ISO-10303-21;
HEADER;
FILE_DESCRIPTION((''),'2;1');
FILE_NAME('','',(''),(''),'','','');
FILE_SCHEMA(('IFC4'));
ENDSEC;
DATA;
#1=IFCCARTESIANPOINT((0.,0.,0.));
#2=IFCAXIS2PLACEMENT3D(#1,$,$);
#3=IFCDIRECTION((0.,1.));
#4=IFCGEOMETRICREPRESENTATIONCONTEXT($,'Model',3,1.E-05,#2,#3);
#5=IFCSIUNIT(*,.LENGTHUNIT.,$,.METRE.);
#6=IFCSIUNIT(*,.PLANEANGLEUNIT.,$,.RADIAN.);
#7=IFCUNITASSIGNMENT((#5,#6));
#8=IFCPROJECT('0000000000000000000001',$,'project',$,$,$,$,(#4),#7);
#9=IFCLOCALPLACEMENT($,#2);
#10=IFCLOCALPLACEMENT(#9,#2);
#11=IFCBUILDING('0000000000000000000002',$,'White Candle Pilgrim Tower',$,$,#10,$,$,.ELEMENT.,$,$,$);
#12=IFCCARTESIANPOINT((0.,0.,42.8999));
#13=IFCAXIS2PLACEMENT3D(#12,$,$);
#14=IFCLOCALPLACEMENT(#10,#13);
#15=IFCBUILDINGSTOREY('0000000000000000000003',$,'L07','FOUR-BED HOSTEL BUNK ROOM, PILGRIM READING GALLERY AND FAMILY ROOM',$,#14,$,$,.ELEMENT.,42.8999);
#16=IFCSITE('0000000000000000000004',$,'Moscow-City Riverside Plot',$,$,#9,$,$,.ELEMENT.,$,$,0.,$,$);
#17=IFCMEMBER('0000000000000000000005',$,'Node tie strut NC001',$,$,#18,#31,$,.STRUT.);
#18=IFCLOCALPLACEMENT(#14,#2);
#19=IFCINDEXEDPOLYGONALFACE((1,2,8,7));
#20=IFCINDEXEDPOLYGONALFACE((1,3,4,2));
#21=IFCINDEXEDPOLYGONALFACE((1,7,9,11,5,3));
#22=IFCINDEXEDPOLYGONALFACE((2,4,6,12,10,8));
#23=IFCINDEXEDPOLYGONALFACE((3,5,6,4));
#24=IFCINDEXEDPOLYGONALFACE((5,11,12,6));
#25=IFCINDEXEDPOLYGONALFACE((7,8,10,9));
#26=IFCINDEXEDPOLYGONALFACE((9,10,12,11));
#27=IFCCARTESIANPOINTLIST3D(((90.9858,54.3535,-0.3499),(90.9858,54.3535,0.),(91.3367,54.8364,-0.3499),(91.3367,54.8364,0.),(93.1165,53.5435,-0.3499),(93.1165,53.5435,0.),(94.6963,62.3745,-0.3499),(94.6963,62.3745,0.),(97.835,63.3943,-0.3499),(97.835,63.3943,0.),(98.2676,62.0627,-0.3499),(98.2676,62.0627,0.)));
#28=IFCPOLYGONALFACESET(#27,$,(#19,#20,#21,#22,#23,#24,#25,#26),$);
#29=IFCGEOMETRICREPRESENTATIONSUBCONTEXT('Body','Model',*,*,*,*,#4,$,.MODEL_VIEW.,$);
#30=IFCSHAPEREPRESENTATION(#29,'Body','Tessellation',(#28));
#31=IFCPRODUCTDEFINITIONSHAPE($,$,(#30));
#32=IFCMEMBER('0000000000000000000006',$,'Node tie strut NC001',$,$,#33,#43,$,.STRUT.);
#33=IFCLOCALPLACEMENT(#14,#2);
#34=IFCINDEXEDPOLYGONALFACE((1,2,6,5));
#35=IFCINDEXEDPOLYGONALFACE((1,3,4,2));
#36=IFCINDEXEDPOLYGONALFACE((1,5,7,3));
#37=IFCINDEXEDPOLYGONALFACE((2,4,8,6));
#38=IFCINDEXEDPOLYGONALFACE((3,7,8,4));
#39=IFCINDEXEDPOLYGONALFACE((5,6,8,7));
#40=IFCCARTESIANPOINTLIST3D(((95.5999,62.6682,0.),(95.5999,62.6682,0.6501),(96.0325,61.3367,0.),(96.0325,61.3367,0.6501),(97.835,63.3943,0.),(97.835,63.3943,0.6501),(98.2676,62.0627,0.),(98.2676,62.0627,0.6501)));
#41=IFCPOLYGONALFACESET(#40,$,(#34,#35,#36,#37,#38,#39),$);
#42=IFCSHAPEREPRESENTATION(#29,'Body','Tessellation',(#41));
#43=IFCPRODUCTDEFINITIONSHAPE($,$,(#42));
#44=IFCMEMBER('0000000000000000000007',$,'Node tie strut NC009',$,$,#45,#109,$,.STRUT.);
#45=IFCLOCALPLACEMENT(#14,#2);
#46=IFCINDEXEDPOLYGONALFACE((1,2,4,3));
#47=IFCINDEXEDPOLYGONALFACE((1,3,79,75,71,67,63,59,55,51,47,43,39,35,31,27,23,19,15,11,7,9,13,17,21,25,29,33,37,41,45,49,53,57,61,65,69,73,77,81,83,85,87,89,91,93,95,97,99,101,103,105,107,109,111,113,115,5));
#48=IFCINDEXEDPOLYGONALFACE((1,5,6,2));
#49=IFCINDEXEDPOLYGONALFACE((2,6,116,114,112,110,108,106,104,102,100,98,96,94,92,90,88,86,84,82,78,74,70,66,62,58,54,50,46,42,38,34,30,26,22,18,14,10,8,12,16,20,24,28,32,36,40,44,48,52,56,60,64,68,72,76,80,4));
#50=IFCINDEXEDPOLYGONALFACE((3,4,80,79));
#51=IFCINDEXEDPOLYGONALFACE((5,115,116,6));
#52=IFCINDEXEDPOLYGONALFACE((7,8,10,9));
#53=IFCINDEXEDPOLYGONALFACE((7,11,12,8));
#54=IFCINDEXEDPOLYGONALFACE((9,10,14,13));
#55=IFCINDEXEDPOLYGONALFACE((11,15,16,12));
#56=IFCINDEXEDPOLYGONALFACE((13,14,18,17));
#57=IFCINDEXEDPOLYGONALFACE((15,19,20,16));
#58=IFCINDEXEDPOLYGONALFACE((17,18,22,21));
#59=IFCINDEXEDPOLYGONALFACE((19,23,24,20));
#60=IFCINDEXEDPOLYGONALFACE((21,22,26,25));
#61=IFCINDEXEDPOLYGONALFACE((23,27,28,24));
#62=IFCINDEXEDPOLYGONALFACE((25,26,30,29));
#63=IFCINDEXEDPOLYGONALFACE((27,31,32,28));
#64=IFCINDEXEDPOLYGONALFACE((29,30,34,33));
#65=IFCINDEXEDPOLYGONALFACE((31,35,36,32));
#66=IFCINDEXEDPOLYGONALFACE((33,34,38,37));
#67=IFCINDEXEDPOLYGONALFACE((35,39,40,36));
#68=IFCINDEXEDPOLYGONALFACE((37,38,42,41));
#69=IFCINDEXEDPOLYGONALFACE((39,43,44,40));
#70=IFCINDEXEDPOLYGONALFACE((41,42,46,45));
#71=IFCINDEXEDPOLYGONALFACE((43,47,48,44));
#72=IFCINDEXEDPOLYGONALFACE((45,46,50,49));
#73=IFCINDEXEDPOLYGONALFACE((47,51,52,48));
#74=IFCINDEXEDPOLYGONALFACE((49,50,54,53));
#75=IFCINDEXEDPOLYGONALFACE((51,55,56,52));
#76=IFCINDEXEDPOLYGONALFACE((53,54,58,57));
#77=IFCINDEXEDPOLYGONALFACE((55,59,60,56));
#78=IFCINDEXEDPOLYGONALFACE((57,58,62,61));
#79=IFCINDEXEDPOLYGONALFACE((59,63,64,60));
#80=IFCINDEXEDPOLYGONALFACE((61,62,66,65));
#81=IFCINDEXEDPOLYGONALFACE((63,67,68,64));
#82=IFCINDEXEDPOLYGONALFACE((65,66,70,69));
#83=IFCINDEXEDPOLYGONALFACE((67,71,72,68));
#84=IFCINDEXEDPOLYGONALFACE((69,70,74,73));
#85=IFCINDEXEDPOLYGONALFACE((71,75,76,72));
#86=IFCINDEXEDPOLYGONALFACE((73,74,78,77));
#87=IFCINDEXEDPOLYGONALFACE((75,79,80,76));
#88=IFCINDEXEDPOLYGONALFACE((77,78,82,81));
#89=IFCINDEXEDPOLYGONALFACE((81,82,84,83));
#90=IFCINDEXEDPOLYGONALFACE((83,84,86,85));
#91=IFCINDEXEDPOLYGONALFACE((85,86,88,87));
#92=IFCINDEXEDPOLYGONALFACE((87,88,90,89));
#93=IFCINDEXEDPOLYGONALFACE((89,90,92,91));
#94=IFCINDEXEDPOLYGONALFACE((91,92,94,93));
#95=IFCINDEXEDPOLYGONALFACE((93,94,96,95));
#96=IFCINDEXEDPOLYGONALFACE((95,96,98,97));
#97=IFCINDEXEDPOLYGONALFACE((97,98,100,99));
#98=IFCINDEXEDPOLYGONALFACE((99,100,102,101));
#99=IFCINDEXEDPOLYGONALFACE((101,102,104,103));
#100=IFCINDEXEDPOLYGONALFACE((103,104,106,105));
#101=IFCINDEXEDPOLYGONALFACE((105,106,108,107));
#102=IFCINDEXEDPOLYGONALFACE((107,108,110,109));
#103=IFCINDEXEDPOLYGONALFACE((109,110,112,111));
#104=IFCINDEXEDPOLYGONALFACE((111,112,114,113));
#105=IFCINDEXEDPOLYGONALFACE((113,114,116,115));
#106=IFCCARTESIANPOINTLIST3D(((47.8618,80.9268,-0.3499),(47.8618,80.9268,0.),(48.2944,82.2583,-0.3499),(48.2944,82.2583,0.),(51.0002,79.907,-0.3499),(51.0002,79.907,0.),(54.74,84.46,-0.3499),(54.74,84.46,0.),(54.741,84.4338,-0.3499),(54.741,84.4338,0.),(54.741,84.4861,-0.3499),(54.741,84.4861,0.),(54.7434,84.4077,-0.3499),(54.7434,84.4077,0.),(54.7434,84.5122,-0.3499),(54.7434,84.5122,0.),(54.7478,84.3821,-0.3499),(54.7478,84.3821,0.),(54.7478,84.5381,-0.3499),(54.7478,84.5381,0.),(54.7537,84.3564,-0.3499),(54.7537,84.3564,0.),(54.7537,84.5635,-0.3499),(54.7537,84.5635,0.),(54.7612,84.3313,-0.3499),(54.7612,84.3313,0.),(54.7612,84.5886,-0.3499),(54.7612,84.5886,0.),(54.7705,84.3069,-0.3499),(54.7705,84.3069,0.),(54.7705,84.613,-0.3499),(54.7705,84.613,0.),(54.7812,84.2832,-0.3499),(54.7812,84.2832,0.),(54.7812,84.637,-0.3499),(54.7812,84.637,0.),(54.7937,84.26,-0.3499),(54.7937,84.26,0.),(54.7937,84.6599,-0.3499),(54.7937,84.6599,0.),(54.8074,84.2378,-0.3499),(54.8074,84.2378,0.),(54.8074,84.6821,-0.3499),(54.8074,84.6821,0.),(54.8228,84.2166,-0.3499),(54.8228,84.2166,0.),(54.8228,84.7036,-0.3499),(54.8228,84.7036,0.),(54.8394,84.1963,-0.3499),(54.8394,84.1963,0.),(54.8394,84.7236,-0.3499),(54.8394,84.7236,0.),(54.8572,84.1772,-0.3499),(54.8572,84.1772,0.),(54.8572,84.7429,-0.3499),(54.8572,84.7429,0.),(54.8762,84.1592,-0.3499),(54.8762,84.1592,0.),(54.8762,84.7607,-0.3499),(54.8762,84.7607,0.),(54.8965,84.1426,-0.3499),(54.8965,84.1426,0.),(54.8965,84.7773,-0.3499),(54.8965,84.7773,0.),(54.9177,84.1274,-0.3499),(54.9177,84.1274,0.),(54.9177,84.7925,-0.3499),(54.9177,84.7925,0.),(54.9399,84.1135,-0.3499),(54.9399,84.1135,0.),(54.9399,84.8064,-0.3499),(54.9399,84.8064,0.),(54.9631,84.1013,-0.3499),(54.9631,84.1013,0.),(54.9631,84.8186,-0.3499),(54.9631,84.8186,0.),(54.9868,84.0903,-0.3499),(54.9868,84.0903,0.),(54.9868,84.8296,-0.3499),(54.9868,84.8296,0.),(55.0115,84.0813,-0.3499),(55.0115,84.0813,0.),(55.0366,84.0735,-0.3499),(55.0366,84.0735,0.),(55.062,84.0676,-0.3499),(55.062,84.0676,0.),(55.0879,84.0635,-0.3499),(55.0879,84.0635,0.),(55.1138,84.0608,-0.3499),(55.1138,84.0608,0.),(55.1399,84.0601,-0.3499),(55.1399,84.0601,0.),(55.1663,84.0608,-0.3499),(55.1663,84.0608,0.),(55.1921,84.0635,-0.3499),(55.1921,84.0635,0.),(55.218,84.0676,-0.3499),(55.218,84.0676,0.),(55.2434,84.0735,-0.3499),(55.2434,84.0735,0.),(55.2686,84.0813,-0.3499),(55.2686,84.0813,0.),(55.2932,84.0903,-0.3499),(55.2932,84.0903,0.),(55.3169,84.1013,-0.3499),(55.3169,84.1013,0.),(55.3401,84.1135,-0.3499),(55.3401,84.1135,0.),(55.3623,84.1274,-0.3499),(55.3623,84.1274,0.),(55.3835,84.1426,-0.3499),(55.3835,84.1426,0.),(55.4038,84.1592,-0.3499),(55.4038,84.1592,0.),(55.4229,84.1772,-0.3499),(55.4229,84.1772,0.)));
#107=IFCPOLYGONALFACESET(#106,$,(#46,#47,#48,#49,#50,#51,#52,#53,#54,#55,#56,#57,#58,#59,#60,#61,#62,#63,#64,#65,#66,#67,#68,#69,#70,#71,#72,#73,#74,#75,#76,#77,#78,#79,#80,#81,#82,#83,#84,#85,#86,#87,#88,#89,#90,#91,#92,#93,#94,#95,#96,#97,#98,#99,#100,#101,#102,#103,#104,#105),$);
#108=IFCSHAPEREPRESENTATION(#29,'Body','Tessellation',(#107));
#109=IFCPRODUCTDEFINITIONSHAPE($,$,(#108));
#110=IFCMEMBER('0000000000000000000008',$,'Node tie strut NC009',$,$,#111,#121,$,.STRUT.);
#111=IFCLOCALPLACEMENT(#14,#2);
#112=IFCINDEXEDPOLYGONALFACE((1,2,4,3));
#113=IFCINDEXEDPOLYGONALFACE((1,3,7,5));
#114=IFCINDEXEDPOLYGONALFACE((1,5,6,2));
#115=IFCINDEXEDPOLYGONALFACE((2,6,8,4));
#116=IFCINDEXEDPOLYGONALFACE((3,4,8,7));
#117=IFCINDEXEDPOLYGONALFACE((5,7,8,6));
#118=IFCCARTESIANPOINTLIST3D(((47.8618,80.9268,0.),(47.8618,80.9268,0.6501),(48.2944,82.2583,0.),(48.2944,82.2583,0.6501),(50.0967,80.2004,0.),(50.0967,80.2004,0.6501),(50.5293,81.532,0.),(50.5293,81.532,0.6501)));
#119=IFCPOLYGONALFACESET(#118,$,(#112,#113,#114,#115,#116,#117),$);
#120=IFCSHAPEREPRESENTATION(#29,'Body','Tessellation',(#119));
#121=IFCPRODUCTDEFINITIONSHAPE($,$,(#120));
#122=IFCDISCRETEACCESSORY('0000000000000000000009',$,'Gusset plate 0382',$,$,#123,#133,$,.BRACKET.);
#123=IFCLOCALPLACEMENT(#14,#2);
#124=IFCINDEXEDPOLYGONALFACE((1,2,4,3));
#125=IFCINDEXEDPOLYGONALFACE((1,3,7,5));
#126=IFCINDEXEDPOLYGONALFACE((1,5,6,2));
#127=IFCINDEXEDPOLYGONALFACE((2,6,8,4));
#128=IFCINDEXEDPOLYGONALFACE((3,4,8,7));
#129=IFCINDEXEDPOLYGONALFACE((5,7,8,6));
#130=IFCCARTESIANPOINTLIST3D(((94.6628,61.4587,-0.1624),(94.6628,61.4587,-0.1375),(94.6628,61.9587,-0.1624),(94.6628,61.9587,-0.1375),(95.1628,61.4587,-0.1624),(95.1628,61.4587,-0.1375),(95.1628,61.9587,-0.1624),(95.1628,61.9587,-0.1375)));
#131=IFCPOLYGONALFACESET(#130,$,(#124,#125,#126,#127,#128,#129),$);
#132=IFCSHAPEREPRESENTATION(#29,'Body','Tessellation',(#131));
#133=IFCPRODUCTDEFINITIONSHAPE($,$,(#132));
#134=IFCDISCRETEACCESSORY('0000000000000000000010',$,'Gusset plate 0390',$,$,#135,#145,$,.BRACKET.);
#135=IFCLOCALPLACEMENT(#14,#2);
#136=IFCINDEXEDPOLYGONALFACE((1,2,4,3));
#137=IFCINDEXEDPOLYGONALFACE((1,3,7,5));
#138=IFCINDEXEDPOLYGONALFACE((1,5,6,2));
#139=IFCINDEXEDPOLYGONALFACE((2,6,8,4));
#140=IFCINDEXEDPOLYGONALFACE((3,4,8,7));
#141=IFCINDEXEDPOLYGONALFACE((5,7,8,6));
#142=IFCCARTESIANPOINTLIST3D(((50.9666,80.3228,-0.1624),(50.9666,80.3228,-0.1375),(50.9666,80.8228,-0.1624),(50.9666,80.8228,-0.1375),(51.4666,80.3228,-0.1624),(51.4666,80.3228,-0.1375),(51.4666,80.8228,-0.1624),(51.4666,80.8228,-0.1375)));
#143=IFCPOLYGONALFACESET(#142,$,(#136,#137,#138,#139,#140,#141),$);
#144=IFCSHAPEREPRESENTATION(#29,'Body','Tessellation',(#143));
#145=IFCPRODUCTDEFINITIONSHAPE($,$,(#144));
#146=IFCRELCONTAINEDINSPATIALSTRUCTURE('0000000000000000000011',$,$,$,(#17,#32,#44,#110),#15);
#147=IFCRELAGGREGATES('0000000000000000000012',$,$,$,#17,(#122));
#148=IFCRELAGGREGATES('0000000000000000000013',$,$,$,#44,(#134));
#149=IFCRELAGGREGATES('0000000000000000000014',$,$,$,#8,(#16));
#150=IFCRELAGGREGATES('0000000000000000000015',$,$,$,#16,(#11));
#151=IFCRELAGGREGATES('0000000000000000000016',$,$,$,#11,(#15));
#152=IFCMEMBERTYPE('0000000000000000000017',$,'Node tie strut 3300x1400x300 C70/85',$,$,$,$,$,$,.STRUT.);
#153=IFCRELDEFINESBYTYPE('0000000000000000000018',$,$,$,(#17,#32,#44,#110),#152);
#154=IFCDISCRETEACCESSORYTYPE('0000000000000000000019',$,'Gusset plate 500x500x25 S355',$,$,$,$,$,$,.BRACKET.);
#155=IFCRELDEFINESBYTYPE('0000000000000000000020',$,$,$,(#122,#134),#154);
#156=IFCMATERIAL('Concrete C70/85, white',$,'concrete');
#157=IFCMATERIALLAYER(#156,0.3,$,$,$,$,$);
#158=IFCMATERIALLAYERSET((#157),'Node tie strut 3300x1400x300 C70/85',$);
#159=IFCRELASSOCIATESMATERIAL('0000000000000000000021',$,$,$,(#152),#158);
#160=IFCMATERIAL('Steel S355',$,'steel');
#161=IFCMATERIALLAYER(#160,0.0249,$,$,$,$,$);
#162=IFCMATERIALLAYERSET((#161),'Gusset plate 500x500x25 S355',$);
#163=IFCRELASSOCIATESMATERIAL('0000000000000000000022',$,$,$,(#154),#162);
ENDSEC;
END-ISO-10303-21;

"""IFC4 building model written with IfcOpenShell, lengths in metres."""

from ifc_helpers import new_model, si_unit, direction, frame, origin, origin_2d, place, context, subcontext, project, spatial, polyline, rectangle, outline, extrude, material, layer, layer_set, type_object, element, aggregate, save


model = new_model("IFC4")

# Units and contexts
model_context = context("Model", 3, precision=1e-05, world=origin(), true_north=direction((0.0, 1.0)))
body_context = subcontext(model_context, "Body", "Model", "MODEL_VIEW")
ifc_project = project(units=[si_unit("LENGTHUNIT", "METRE"), si_unit("PLANEANGLEUNIT", "RADIAN")], contexts=[model_context])

# Site, building, storey
site_placement = place(None, origin())
site = spatial("IfcSite", under=ifc_project, at=site_placement, Name="Moscow-City Riverside Plot", CompositionType="ELEMENT", RefElevation=0.0)
building_placement = place(site_placement, origin())
building = spatial("IfcBuilding", under=site, at=building_placement, Name="White Candle Pilgrim Tower", CompositionType="ELEMENT")
storey_placement = place(building_placement, frame((0.0, 0.0, 42.8999)))
storey = spatial("IfcBuildingStorey", under=building, at=storey_placement, Name="L07", Description="FOUR-BED HOSTEL BUNK ROOM, PILGRIM READING GALLERY AND FAMILY ROOM", CompositionType="ELEMENT", Elevation=42.8999)

# Members
ifc_material_1 = material(Name="Concrete C70/85, white", Category="concrete")
ifc_layer_1 = layer(ifc_material_1, 0.3)
ifc_layer_set_1 = layer_set([ifc_layer_1], Name="Node tie strut 3300x1400x300 C70/85")
member_type_1 = type_object("IfcMemberType", Name="Node tie strut 3300x1400x300 C70/85", PredefinedType="STRUT", material=ifc_layer_set_1)
member_1_placement = place(storey_placement, frame((0.0, 0.0, -0.3499)))
member_1 = element("IfcMember", 1, at=member_1_placement, inside=storey, type_object=member_type_1, Name="Node tie strut NC001", PredefinedType="STRUT", context=body_context, shape_type="SweptSolid", body=[
    extrude(outline(polyline([(93.1165, 53.5435), (98.2676, 62.0627), (97.835, 63.3943), (94.6963, 62.3745), (90.9858, 54.3535), (91.3367, 54.8364), (93.1165, 53.5435)])), origin(), (0.0, 0.0, 1.0), 0.3499),
])
member_2_placement = place(storey_placement, origin())
element("IfcMember", 2, at=member_2_placement, inside=storey, type_object=member_type_1, Name="Node tie strut NC001", PredefinedType="STRUT", context=body_context, shape_type="SweptSolid", body=[
    extrude(outline(polyline([(96.0325, 61.3367), (98.2676, 62.0627), (97.835, 63.3943), (95.5999, 62.6682), (96.0325, 61.3367)])), origin(), (0.0, 0.0, 1.0), 0.6501),
])
member_3_placement = place(storey_placement, frame((0.0, 0.0, -0.3499)))
member_3 = element("IfcMember", 3, at=member_3_placement, inside=storey, type_object=member_type_1, Name="Node tie strut NC009", PredefinedType="STRUT", context=body_context, shape_type="SweptSolid", body=[
    extrude(outline(polyline([(51.0002, 79.907), (55.4229, 84.1772), (55.4038, 84.1592), (55.3835, 84.1426), (55.3623, 84.1274), (55.3401, 84.1135), (55.3169, 84.1013), (55.2932, 84.0903), (55.2686, 84.0813), (55.2434, 84.0735), (55.218, 84.0676), (55.1921, 84.0635), (55.1663, 84.0608), (55.1399, 84.0601), (55.1138, 84.0608), (55.0879, 84.0635), (55.062, 84.0676), (55.0366, 84.0735), (55.0115, 84.0813), (54.9868, 84.0903), (54.9631, 84.1013), (54.9399, 84.1135), (54.9177, 84.1274), (54.8965, 84.1426), (54.8762, 84.1592), (54.8572, 84.1772), (54.8394, 84.1963), (54.8228, 84.2166), (54.8074, 84.2378), (54.7937, 84.26), (54.7812, 84.2832), (54.7705, 84.3069), (54.7612, 84.3313), (54.7537, 84.3564), (54.7478, 84.3821), (54.7434, 84.4077), (54.741, 84.4338), (54.74, 84.46), (54.741, 84.4861), (54.7434, 84.5122), (54.7478, 84.5381), (54.7537, 84.5635), (54.7612, 84.5886), (54.7705, 84.613), (54.7812, 84.637), (54.7937, 84.6599), (54.8074, 84.6821), (54.8228, 84.7036), (54.8394, 84.7236), (54.8572, 84.7429), (54.8762, 84.7607), (54.8965, 84.7773), (54.9177, 84.7925), (54.9399, 84.8064), (54.9631, 84.8186), (54.9868, 84.8296), (48.2944, 82.2583), (47.8618, 80.9268), (51.0002, 79.907)])), origin(), (0.0, 0.0, 1.0), 0.3499),
])
member_4_placement = place(storey_placement, origin())
element("IfcMember", 4, at=member_4_placement, inside=storey, type_object=member_type_1, Name="Node tie strut NC009", PredefinedType="STRUT", context=body_context, shape_type="SweptSolid", body=[
    extrude(outline(polyline([(50.0967, 80.2004), (50.5293, 81.532), (48.2944, 82.2583), (47.8618, 80.9268), (50.0967, 80.2004)])), origin(), (0.0, 0.0, 1.0), 0.6501),
])

# Discrete accessories
ifc_material_2 = material(Name="Steel S355", Category="steel")
ifc_layer_2 = layer(ifc_material_2, 0.0249)
ifc_layer_set_2 = layer_set([ifc_layer_2], Name="Gusset plate 500x500x25 S355")
discrete_accessory_type = type_object("IfcDiscreteAccessoryType", Name="Gusset plate 500x500x25 S355", PredefinedType="BRACKET", material=ifc_layer_set_2)
discrete_accessory_1_placement = place(storey_placement, frame((94.9128, 61.7087, -0.1624), z_axis=(0.0, 0.0, 1.0), x_axis=(1.0, 0.0, 0.0)))
discrete_accessory_1 = element("IfcDiscreteAccessory", 5, at=discrete_accessory_1_placement, type_object=discrete_accessory_type, Name="Gusset plate 0382", PredefinedType="BRACKET", context=body_context, shape_type="SweptSolid", body=[
    extrude(rectangle(XDim=0.5, YDim=0.5, at=origin_2d()), origin(), (0.0, 0.0, 1.0), 0.0249),
])
aggregate(member_1, [discrete_accessory_1])
discrete_accessory_2_placement = place(storey_placement, frame((51.2166, 80.5728, -0.1624), z_axis=(0.0, 0.0, 1.0), x_axis=(1.0, 0.0, 0.0)))
discrete_accessory_2 = element("IfcDiscreteAccessory", 6, at=discrete_accessory_2_placement, type_object=discrete_accessory_type, Name="Gusset plate 0390", PredefinedType="BRACKET", context=body_context, shape_type="SweptSolid", body=[
    extrude(rectangle(XDim=0.5, YDim=0.5, at=origin_2d()), origin(), (0.0, 0.0, 1.0), 0.0249),
])
aggregate(member_3, [discrete_accessory_2])

save(model, "model.ifc")
